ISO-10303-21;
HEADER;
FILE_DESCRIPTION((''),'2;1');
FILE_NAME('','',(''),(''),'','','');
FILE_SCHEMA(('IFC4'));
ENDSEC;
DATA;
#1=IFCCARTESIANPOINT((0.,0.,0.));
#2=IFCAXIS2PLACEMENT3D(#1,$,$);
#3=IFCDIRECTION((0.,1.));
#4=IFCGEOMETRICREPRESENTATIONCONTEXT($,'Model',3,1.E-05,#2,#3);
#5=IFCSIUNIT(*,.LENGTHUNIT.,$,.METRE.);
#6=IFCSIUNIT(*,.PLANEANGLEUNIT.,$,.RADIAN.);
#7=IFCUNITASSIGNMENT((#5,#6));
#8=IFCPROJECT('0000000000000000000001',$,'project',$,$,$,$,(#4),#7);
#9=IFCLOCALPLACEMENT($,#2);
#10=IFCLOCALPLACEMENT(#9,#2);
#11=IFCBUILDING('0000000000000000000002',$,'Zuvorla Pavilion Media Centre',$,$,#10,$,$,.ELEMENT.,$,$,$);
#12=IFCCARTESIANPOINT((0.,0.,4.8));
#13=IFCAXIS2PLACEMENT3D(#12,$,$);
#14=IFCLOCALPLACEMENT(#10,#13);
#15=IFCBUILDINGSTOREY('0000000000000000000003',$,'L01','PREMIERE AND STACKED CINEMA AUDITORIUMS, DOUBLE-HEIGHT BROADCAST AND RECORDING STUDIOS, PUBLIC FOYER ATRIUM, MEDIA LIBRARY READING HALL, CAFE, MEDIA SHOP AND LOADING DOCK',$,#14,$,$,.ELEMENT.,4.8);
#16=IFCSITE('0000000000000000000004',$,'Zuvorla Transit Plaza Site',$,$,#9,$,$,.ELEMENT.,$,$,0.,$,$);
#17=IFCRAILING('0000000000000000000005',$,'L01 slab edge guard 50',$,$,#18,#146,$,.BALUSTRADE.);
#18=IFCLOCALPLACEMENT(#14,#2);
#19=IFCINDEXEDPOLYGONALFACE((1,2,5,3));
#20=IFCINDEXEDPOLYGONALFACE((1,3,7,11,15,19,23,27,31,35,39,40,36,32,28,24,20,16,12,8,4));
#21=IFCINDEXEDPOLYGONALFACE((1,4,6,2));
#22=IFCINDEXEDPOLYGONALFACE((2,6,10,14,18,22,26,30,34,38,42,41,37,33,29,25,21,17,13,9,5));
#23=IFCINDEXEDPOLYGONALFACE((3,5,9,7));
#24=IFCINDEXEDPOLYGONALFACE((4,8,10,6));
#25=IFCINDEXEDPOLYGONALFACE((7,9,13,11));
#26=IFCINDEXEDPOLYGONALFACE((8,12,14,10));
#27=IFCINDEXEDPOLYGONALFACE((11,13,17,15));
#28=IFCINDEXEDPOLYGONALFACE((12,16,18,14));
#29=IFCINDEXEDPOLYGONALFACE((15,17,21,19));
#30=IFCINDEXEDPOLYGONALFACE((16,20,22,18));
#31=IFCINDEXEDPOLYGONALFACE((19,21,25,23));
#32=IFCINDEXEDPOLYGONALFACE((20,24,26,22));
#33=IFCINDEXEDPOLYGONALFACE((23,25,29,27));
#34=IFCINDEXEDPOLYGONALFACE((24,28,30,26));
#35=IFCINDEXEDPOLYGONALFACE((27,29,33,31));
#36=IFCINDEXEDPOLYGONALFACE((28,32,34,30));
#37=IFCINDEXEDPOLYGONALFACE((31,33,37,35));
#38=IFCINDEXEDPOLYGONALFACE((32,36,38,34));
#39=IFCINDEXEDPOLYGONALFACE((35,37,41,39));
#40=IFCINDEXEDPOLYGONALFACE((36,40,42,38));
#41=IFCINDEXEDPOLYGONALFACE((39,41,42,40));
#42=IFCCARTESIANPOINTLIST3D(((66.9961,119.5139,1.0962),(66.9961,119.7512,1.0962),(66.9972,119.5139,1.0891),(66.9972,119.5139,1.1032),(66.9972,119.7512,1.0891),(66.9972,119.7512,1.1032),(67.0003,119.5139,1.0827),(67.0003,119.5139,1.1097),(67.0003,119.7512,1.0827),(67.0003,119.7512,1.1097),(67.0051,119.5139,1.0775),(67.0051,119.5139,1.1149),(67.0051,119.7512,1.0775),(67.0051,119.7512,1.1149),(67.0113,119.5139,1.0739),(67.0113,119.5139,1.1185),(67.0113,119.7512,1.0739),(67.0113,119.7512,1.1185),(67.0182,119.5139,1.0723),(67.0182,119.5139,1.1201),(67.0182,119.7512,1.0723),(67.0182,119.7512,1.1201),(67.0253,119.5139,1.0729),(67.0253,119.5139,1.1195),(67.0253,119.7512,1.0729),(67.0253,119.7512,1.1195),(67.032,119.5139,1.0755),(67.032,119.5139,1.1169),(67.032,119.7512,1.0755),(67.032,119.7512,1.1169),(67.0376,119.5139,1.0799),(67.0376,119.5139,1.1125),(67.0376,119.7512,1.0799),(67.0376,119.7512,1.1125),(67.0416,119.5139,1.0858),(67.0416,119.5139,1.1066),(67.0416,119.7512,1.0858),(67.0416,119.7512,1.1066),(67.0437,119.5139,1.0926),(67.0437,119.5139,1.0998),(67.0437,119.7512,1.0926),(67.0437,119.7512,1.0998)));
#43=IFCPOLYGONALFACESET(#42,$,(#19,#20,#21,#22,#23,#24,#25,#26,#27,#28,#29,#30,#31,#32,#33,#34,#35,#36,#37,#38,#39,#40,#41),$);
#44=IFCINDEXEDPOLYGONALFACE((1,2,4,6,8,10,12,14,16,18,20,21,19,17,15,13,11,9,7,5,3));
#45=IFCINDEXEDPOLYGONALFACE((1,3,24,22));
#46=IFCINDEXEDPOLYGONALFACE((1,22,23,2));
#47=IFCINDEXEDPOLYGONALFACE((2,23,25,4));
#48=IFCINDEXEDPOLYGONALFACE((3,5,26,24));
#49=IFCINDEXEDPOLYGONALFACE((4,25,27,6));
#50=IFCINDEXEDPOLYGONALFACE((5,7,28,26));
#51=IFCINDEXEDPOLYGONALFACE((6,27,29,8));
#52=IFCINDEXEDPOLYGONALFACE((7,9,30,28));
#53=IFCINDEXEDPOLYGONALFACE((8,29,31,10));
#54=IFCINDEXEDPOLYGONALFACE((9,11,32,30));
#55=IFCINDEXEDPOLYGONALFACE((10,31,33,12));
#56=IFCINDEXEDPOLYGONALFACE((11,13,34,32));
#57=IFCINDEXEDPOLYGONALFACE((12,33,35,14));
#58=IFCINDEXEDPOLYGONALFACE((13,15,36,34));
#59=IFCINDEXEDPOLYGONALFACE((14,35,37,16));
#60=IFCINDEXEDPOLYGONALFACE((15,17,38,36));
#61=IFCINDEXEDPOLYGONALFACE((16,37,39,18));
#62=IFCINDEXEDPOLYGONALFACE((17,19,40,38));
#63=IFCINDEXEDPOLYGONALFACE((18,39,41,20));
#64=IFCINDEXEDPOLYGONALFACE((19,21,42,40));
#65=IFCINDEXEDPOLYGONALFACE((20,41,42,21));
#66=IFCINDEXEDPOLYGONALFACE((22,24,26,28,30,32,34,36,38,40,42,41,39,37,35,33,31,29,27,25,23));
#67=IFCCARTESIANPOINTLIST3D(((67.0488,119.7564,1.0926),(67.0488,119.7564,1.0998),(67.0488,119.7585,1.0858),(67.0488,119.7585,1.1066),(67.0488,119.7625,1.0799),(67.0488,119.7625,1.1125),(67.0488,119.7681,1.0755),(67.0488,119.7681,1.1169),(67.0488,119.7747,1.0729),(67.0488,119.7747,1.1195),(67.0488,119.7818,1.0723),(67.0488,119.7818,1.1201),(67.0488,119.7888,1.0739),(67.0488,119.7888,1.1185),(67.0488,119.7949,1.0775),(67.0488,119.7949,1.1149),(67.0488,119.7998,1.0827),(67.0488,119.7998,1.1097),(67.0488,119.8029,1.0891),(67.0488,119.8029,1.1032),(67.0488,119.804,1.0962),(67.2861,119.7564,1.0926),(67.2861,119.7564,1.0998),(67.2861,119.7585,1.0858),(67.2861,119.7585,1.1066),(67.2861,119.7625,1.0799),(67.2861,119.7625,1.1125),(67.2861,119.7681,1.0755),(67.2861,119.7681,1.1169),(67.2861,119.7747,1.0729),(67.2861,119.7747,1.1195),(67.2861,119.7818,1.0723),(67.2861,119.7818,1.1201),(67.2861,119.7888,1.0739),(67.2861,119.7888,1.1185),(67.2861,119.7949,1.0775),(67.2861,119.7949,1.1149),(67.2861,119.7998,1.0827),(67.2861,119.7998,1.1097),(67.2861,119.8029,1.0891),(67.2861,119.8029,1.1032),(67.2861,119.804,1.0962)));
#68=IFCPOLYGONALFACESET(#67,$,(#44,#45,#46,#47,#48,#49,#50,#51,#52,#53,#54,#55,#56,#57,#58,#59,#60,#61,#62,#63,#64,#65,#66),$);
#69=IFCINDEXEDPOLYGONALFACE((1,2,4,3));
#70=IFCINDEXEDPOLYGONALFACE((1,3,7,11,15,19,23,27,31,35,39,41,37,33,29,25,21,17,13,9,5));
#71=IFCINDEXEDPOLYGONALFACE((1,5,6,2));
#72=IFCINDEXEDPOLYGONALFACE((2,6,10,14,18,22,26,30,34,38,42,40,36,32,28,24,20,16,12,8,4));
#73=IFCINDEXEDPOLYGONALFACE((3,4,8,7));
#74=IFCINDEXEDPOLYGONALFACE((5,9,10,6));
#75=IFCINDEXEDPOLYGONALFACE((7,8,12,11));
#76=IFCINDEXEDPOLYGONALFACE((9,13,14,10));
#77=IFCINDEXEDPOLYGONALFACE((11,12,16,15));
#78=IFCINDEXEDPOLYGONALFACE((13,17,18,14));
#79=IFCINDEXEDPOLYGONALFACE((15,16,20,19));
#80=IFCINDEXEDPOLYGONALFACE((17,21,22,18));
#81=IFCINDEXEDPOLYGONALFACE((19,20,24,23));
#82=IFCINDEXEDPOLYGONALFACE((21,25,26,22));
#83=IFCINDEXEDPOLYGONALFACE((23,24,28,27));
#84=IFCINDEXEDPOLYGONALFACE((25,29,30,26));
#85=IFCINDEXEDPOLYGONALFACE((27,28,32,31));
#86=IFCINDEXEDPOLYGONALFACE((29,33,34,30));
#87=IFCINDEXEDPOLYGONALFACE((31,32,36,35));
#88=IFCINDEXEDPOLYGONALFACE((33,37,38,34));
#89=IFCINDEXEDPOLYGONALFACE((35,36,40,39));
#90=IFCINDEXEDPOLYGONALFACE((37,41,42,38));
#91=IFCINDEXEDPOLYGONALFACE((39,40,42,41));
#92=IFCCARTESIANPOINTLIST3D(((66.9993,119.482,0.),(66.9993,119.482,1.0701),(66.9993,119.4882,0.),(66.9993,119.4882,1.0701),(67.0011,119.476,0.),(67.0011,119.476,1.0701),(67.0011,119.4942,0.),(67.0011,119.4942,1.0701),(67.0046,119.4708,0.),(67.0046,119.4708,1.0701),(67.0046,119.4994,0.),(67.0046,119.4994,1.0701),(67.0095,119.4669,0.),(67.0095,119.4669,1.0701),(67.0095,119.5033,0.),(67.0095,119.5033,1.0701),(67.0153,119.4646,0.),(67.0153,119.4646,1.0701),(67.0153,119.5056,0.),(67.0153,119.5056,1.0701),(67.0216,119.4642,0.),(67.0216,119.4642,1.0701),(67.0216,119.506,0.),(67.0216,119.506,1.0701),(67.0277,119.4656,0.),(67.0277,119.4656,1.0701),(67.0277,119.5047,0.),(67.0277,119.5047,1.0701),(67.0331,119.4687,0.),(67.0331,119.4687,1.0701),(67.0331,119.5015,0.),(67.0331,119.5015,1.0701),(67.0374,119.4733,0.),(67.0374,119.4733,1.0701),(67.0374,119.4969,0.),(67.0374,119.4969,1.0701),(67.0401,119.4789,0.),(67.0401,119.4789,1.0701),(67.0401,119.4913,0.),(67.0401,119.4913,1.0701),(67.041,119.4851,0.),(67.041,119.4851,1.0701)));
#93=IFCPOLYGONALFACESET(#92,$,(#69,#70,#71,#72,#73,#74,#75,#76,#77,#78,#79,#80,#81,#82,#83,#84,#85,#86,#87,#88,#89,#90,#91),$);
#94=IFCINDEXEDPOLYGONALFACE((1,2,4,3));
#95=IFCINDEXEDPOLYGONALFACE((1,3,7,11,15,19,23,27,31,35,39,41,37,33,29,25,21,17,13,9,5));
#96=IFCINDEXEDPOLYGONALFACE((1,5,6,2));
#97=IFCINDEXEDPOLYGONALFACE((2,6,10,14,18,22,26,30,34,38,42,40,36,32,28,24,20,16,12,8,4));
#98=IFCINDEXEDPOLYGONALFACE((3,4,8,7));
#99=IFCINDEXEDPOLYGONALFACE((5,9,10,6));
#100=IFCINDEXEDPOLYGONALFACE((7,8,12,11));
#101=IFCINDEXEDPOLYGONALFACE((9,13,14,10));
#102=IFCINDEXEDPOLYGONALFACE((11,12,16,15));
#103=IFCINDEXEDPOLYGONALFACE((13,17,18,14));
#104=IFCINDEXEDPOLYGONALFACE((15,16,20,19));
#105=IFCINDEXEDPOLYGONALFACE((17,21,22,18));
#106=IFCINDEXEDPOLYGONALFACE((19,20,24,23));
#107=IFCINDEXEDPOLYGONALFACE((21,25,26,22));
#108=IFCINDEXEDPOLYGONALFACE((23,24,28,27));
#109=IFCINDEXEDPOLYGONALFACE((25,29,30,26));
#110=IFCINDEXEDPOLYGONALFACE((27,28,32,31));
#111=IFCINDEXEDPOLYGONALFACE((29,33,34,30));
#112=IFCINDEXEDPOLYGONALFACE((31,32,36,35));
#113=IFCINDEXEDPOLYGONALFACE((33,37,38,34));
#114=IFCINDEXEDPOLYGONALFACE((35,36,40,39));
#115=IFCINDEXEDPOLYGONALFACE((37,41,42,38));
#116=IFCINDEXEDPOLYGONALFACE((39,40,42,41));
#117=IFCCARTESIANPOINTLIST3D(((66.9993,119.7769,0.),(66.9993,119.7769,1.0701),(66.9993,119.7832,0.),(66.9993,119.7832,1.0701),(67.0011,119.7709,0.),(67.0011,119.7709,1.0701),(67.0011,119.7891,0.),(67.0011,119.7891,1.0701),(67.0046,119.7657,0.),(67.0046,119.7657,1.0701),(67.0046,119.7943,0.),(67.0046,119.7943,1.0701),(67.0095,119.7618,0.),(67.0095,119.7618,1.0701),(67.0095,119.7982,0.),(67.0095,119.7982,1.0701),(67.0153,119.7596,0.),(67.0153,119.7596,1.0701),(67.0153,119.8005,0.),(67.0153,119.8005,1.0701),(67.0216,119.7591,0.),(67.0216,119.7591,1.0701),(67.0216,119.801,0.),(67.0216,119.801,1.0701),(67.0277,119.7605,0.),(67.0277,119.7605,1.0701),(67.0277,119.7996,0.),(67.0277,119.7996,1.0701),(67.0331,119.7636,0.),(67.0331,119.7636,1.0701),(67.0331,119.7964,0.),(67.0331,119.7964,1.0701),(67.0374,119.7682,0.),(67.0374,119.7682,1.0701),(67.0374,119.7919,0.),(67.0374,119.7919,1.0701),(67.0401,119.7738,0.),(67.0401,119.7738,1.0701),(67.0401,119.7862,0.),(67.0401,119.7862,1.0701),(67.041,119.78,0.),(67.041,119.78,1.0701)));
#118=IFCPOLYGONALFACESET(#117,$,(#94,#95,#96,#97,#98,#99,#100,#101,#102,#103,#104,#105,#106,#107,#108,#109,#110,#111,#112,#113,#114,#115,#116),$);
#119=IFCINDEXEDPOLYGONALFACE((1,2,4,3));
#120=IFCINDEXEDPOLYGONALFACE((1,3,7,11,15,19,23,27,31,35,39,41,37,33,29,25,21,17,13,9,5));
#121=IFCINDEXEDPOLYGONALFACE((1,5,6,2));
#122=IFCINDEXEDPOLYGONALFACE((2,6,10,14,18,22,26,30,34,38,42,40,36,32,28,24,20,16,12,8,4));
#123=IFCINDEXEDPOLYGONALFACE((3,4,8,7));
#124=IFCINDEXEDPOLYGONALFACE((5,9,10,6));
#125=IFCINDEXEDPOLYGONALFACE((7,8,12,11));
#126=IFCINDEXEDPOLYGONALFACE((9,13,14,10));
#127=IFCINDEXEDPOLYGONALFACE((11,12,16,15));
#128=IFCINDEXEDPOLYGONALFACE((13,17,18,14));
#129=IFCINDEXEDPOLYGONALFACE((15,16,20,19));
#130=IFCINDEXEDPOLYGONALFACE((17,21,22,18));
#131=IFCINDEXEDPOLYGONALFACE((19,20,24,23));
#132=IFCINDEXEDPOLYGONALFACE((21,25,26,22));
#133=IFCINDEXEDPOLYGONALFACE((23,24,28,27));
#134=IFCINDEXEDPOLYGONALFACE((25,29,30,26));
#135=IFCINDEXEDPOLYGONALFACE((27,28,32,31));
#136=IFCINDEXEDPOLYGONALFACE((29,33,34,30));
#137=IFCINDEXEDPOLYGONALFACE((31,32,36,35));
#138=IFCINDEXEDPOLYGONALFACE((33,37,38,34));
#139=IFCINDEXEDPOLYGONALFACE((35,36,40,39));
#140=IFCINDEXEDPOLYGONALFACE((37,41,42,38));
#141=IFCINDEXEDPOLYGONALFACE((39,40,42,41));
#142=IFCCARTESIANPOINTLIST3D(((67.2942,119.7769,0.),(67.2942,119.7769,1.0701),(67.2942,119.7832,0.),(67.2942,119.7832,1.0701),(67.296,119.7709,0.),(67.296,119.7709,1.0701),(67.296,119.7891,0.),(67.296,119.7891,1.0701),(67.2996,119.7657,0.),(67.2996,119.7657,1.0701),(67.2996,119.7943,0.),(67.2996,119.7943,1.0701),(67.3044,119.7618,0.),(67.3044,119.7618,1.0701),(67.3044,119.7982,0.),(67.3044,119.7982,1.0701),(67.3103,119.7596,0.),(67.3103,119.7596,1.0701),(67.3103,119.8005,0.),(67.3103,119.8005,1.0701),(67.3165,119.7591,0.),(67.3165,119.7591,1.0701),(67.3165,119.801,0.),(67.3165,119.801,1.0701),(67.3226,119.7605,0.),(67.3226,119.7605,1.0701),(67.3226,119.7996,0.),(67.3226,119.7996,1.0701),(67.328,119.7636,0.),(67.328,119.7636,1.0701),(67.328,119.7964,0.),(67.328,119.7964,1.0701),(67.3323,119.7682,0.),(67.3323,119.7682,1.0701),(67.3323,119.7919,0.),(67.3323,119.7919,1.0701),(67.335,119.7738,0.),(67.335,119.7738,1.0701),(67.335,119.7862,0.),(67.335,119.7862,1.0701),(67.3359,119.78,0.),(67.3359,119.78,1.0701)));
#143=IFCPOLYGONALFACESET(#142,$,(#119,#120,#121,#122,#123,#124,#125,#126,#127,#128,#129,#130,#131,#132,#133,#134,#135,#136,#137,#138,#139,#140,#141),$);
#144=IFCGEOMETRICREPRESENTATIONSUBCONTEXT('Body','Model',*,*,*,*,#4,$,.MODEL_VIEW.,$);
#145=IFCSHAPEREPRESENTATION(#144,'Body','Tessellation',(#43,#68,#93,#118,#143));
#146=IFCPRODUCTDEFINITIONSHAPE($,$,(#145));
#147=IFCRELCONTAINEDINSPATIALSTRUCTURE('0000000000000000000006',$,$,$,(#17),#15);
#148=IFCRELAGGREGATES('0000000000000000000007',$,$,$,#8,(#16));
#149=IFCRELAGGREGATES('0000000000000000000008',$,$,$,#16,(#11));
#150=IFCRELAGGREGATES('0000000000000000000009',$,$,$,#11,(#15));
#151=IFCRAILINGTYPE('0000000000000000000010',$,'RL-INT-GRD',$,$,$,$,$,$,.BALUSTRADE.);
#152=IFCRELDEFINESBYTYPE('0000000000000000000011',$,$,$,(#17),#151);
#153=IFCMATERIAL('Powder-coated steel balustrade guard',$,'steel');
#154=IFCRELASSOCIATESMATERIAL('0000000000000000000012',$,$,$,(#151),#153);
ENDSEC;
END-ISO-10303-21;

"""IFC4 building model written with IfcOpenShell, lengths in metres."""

from ifc_helpers import new_model, si_unit, direction, frame, origin, origin_2d, place, context, subcontext, project, spatial, circle, extrude, material, type_object, element, save


model = new_model("IFC4")

# Units and contexts
model_context = context("Model", 3, precision=1e-05, world=origin(), true_north=direction((0.0, 1.0)))
body_context = subcontext(model_context, "Body", "Model", "MODEL_VIEW")
ifc_project = project(units=[si_unit("LENGTHUNIT", "METRE"), si_unit("PLANEANGLEUNIT", "RADIAN")], contexts=[model_context])

# Site, building, storey
site_placement = place(None, origin())
site = spatial("IfcSite", under=ifc_project, at=site_placement, Name="Zuvorla Transit Plaza Site", CompositionType="ELEMENT", RefElevation=0.0)
building_placement = place(site_placement, origin())
building = spatial("IfcBuilding", under=site, at=building_placement, Name="Zuvorla Pavilion Media Centre", CompositionType="ELEMENT")
storey_placement = place(building_placement, frame((0.0, 0.0, 4.8)))
storey = spatial("IfcBuildingStorey", under=building, at=storey_placement, Name="L01", Description="PREMIERE AND STACKED CINEMA AUDITORIUMS, DOUBLE-HEIGHT BROADCAST AND RECORDING STUDIOS, PUBLIC FOYER ATRIUM, MEDIA LIBRARY READING HALL, CAFE, MEDIA SHOP AND LOADING DOCK", CompositionType="ELEMENT", Elevation=4.8)

# Railing
ifc_material_1 = material(Name="Powder-coated steel balustrade guard", Category="steel")
railing_type = type_object("IfcRailingType", Name="RL-INT-GRD", PredefinedType="BALUSTRADE", material=ifc_material_1)
railing_placement = place(storey_placement, frame((67.02, 119.4851, 0.0)))
element("IfcRailing", 1, at=railing_placement, inside=storey, type_object=railing_type, Name="L01 slab edge guard 50", PredefinedType="BALUSTRADE", context=body_context, shape_type="SweptSolid", body=[
    extrude(circle(Radius=0.0239, at=origin_2d()), frame((0.0, 0.0288, 1.0962), z_axis=(0.0, 1.0, 0.0), x_axis=(-1.0, 0.0, 0.0)), (0.0, 0.0, 1.0), 0.2373),
    extrude(circle(Radius=0.0239, at=origin_2d()), frame((0.0288, 0.2949, 1.0962), z_axis=(1.0, 0.0, 0.0), x_axis=(0.0, 1.0, 0.0)), (0.0, 0.0, 1.0), 0.2373),
    extrude(circle(Radius=0.021, at=origin_2d()), origin(), (0.0, 0.0, 1.0), 1.0701),
    extrude(circle(Radius=0.021, at=origin_2d()), frame((0.0, 0.2949, 0.0)), (0.0, 0.0, 1.0), 1.0701),
    extrude(circle(Radius=0.021, at=origin_2d()), frame((0.2949, 0.2949, 0.0)), (0.0, 0.0, 1.0), 1.0701),
])

save(model, "model.ifc")
